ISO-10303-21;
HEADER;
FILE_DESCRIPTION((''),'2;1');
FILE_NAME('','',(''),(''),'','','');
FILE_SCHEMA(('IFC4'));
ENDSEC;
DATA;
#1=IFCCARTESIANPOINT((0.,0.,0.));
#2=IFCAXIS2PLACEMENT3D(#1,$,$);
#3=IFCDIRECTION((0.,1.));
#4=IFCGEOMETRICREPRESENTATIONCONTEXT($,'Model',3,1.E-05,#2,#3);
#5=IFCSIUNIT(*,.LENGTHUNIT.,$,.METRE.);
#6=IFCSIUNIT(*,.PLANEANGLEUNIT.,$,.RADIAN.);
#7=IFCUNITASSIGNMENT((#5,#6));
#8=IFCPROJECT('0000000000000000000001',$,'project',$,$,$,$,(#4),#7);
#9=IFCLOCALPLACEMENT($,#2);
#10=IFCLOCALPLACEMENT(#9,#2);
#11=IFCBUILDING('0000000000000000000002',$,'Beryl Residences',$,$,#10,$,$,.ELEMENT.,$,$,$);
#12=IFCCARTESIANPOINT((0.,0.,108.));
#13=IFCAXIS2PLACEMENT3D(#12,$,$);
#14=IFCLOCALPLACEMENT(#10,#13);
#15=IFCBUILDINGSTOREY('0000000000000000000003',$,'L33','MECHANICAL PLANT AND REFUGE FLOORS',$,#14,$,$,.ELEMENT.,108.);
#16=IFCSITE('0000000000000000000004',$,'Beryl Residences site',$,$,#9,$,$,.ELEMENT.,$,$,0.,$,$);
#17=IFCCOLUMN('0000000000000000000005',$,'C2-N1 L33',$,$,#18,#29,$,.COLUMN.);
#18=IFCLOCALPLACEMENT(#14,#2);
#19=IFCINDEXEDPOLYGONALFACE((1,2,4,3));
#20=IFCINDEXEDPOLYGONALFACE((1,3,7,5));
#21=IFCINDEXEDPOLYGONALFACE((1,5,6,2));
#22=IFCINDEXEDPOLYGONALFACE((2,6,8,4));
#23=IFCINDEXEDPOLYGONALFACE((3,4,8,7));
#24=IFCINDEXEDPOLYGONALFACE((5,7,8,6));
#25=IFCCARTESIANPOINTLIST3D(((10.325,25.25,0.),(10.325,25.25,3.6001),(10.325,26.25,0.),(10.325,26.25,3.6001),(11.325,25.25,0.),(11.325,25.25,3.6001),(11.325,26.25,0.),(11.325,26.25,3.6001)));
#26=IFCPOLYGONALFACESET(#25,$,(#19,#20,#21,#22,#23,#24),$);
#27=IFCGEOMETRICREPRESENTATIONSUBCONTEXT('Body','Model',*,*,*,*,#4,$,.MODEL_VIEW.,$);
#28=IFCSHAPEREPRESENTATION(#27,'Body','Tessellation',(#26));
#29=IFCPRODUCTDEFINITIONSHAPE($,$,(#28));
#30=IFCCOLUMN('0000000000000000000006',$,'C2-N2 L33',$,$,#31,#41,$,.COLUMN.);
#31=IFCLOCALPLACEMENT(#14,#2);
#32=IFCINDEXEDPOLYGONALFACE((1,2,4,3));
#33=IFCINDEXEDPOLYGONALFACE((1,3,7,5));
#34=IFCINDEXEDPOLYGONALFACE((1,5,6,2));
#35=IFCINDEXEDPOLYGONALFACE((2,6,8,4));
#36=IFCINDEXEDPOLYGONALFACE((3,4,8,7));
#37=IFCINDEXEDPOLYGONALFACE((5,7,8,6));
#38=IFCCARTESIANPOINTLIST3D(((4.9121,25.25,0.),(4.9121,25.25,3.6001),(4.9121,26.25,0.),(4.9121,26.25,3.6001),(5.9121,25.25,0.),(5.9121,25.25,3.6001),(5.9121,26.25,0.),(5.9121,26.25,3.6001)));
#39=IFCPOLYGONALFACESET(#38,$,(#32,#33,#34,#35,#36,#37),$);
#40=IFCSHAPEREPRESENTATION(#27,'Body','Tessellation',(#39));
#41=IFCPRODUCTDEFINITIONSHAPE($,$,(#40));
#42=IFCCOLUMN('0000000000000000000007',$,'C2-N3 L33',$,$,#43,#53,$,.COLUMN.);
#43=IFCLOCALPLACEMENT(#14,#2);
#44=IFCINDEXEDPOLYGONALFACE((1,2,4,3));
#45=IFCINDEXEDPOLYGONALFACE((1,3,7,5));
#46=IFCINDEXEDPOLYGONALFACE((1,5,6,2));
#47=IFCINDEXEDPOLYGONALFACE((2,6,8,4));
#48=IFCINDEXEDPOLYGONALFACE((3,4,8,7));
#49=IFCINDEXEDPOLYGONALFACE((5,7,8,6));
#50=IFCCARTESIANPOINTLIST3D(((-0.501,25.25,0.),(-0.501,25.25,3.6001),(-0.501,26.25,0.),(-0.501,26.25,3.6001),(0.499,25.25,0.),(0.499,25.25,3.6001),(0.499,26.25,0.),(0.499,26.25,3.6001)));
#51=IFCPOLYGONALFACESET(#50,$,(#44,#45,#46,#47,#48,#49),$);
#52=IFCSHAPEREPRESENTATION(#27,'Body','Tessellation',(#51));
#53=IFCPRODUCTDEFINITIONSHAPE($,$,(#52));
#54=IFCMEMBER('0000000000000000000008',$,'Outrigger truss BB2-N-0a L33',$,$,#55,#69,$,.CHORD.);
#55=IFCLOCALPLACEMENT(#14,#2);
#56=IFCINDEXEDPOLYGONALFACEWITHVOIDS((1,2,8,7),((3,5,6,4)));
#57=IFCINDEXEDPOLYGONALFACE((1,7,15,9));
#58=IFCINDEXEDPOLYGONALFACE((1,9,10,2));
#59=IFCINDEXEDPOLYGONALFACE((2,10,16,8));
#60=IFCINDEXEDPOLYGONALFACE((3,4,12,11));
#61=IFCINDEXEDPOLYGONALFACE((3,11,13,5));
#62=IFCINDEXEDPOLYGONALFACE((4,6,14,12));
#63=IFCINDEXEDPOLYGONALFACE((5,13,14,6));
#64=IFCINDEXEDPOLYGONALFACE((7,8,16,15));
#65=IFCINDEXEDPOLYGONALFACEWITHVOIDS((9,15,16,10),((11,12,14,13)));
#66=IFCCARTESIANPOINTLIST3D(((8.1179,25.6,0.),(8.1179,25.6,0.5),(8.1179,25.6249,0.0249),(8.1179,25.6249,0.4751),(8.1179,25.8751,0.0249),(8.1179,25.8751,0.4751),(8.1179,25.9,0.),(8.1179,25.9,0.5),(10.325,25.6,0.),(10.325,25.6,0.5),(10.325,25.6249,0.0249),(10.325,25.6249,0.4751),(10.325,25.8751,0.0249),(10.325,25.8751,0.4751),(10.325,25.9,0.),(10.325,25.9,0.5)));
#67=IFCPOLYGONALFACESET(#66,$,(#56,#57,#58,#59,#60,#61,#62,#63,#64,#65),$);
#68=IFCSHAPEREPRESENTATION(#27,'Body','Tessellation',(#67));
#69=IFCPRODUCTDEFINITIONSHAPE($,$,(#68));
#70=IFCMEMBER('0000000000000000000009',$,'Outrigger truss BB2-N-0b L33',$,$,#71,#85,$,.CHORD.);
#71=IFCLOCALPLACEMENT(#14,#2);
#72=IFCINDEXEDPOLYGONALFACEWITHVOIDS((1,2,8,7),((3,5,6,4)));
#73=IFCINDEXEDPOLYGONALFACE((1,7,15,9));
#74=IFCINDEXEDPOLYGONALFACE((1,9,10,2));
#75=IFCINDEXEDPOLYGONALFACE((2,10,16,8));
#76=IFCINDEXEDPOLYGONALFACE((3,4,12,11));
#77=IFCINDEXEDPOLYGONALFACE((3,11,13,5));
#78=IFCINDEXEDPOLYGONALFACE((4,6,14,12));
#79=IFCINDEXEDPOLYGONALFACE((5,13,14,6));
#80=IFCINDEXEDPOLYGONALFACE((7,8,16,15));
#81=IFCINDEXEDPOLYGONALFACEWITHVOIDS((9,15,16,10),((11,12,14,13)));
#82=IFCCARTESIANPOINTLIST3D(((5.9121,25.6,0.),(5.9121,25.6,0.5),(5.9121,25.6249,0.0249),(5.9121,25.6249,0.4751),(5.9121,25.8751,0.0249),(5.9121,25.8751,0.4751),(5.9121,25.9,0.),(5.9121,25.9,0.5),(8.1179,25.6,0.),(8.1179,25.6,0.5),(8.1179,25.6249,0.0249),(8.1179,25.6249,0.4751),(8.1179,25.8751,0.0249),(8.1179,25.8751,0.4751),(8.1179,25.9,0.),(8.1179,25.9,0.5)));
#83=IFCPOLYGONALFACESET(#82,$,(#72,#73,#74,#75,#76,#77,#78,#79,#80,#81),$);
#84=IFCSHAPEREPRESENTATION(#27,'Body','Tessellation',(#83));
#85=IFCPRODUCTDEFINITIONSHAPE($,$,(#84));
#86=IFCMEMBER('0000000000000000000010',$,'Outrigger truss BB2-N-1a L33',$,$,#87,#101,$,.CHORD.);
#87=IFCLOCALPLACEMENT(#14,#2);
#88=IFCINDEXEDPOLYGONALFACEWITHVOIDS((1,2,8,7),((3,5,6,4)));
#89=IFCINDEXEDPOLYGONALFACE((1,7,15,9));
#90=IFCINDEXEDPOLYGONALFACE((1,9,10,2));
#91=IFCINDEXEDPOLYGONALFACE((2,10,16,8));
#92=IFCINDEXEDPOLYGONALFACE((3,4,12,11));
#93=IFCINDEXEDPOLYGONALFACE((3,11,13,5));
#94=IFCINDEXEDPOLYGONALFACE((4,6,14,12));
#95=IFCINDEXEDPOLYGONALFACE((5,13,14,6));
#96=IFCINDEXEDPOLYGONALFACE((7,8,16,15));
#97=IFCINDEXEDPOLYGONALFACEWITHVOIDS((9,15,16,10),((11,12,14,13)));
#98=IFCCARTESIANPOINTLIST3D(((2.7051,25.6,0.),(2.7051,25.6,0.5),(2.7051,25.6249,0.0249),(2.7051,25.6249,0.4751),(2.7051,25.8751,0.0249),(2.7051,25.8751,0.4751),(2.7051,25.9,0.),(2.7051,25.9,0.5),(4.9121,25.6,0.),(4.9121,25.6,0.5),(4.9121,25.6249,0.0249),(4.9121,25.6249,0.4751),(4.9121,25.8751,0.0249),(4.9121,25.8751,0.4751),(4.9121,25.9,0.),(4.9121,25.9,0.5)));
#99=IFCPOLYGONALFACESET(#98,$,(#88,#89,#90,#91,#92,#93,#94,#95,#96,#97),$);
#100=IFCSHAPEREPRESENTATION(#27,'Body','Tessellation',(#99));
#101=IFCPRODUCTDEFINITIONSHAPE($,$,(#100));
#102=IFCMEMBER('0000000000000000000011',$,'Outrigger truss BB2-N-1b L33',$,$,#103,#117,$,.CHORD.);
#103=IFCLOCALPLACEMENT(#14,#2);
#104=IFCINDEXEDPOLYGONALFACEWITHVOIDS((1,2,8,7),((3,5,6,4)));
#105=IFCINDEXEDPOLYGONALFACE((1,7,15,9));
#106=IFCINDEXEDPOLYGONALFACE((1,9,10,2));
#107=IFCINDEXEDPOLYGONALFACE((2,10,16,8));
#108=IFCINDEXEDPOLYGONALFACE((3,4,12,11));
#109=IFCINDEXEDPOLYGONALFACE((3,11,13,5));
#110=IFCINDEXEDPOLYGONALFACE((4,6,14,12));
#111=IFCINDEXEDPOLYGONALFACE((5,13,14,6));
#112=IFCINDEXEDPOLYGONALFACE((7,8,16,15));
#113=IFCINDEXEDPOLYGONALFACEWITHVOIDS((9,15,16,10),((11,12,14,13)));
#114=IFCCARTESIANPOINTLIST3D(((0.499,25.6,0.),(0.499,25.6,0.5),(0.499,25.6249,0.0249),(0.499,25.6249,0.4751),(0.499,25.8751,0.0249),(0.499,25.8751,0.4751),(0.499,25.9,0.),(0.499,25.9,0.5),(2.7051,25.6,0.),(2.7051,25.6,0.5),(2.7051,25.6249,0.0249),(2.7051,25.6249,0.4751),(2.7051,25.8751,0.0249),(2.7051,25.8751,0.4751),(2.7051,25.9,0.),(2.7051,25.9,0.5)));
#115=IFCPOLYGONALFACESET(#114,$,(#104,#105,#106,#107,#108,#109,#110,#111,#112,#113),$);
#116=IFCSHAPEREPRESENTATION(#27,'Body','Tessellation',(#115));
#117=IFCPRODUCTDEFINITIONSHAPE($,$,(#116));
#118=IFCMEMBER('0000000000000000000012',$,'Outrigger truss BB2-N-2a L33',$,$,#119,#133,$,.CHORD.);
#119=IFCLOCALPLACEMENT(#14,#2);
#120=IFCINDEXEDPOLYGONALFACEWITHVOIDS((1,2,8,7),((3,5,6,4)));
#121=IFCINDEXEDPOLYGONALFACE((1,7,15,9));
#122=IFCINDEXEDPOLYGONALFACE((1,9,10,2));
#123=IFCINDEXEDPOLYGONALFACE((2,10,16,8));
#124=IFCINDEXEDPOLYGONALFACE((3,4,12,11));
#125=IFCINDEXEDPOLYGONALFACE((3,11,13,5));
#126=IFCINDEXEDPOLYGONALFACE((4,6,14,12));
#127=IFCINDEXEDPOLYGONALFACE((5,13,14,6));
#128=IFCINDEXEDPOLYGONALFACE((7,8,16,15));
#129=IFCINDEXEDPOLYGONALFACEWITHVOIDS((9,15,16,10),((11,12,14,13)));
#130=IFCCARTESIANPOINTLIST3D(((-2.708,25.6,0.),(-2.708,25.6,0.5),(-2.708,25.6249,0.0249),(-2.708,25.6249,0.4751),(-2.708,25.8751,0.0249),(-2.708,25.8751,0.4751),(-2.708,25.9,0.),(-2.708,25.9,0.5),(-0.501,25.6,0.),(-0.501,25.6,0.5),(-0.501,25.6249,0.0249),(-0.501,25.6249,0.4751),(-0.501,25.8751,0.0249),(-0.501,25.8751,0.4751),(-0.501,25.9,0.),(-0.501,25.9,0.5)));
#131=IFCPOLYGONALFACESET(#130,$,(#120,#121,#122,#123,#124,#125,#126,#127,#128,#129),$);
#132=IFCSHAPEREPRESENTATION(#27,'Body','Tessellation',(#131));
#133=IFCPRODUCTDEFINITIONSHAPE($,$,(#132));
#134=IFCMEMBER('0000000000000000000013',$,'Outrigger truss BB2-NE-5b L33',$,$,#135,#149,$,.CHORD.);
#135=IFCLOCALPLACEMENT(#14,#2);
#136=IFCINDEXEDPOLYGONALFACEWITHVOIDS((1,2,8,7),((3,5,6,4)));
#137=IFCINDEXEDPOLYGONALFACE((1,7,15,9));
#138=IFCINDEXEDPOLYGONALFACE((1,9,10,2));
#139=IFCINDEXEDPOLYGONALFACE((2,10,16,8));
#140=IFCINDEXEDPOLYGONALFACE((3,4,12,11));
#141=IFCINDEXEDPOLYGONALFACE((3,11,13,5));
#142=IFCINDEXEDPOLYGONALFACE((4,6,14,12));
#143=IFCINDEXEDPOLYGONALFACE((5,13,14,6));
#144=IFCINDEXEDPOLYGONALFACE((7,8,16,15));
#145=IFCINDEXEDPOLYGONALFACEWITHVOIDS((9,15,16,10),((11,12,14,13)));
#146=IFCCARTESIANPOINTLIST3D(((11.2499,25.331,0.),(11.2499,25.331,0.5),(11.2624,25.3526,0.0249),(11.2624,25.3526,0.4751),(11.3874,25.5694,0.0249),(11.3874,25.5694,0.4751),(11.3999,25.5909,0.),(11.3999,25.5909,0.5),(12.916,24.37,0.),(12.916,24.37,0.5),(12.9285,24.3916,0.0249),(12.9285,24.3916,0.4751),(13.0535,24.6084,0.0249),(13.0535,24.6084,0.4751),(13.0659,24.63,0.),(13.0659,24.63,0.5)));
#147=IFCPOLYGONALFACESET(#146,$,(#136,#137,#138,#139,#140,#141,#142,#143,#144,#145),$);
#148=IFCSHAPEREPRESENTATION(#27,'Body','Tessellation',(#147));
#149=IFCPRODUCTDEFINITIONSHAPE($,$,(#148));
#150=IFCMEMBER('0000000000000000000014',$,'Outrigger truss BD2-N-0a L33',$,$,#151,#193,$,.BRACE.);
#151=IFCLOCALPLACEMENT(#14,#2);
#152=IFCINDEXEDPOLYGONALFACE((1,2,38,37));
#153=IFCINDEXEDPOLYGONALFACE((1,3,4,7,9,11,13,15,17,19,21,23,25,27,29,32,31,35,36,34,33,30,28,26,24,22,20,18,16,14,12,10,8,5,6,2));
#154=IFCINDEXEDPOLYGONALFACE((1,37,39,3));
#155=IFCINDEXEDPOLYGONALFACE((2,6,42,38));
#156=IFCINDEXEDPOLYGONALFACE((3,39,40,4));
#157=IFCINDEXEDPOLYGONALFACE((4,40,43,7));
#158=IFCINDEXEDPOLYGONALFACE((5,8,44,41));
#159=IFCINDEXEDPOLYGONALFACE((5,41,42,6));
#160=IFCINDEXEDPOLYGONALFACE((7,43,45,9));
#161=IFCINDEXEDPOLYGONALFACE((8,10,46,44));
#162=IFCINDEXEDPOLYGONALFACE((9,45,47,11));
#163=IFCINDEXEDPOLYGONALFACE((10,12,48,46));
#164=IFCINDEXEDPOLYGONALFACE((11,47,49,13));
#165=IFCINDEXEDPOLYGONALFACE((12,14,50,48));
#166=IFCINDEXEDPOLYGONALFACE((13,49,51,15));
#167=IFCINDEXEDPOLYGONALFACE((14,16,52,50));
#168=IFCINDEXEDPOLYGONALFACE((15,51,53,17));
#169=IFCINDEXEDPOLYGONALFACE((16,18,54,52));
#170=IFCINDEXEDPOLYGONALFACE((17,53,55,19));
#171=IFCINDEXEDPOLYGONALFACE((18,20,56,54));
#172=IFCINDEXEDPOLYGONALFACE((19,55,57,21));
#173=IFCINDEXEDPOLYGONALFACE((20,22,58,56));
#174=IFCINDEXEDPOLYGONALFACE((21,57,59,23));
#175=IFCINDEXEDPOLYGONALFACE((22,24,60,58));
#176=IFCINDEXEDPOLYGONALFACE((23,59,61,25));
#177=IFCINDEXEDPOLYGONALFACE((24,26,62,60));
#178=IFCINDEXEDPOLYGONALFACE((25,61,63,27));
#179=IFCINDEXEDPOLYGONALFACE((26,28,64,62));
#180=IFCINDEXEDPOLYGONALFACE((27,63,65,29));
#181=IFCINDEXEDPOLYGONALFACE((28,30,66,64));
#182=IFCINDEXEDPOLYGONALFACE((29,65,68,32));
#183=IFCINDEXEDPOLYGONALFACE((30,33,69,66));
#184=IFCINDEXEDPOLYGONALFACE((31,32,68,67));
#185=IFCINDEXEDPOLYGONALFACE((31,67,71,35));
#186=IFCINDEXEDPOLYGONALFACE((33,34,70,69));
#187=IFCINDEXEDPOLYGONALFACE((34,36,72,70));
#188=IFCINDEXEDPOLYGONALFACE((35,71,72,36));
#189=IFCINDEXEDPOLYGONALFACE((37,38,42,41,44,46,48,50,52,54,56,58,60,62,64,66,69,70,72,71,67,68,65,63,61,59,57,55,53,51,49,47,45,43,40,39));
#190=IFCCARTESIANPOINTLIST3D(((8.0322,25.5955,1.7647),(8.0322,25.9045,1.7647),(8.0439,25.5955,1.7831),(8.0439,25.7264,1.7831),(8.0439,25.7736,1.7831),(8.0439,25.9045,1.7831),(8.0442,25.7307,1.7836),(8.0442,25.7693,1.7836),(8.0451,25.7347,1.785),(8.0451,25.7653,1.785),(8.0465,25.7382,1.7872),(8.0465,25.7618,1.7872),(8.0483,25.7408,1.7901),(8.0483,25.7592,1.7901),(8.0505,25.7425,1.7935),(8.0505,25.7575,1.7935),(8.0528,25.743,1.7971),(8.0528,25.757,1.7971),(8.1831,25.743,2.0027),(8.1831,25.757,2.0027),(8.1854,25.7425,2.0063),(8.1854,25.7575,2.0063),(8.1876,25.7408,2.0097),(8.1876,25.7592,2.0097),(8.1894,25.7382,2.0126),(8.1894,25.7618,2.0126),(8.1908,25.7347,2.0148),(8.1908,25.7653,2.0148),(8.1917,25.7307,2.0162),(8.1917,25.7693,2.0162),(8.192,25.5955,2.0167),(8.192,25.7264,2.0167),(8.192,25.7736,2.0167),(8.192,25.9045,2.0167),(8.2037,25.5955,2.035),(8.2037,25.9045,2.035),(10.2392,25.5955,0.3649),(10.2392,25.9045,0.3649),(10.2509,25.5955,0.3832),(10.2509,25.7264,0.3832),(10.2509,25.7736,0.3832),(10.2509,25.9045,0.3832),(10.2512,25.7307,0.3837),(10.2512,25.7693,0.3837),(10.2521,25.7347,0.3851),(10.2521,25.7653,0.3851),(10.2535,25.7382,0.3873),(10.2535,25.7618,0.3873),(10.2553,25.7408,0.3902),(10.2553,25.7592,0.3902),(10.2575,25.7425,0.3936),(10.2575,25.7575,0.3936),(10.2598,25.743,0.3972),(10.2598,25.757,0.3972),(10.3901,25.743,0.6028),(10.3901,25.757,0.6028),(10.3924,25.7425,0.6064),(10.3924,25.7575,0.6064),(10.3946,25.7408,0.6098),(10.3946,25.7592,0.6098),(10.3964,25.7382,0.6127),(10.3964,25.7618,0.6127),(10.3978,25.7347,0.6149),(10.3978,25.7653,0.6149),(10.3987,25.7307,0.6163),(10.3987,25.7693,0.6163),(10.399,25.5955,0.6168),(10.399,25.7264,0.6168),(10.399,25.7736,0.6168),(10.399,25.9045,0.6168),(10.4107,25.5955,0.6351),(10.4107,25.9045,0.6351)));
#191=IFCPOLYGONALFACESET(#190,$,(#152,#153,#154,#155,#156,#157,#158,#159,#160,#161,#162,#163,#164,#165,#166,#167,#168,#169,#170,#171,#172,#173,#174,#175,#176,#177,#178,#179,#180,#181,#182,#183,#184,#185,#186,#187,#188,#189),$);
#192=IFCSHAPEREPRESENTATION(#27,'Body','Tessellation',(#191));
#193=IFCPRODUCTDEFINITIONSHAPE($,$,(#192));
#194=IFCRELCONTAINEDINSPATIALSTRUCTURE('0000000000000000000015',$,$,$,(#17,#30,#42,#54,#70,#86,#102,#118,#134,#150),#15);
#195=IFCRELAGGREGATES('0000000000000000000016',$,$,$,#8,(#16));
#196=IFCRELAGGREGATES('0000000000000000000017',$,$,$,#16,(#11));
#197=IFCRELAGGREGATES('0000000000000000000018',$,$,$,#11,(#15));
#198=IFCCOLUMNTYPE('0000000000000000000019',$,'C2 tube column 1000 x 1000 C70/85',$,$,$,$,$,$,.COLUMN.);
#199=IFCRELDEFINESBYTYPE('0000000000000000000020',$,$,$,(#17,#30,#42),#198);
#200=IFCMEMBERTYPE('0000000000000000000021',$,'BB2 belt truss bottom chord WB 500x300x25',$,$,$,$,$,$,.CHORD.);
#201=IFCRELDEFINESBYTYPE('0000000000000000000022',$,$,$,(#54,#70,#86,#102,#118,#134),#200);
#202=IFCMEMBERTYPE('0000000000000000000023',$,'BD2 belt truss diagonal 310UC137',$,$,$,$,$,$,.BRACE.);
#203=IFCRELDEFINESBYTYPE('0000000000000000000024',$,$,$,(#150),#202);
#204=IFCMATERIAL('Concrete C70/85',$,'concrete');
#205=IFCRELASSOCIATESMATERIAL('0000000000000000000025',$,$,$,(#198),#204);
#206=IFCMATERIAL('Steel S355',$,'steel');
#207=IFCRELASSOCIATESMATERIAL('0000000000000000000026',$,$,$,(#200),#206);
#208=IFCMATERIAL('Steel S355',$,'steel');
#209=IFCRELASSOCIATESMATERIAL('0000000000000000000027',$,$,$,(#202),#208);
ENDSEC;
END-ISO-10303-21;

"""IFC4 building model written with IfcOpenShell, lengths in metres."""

from ifc_helpers import new_model, si_unit, direction, frame, origin, origin_2d, place, context, subcontext, project, spatial, rectangle, hollow_rectangle, i_section, extrude, material, material_profile, profile_set, type_object, element, save


model = new_model("IFC4")

# Units and contexts
model_context = context("Model", 3, precision=1e-05, world=origin(), true_north=direction((0.0, 1.0)))
body_context = subcontext(model_context, "Body", "Model", "MODEL_VIEW")
ifc_project = project(units=[si_unit("LENGTHUNIT", "METRE"), si_unit("PLANEANGLEUNIT", "RADIAN")], contexts=[model_context])

# Site, building, storey
site_placement = place(None, origin())
site = spatial("IfcSite", under=ifc_project, at=site_placement, Name="Beryl Residences site", CompositionType="ELEMENT", RefElevation=0.0)
building_placement = place(site_placement, origin())
building = spatial("IfcBuilding", under=site, at=building_placement, Name="Beryl Residences", CompositionType="ELEMENT")
storey_placement = place(building_placement, frame((0.0, 0.0, 108.0)))
storey = spatial("IfcBuildingStorey", under=building, at=storey_placement, Name="L33", Description="MECHANICAL PLANT AND REFUGE FLOORS", CompositionType="ELEMENT", Elevation=108.0)

# Columns
ifc_material_1 = material(Name="Concrete C70/85", Category="concrete")
ifc_material_profile_1 = material_profile(ifc_material_1, rectangle(XDim=1.0, YDim=1.0, at=origin_2d()))
ifc_profile_set_1 = profile_set([ifc_material_profile_1], Name="Concrete C70/85")
column_type = type_object("IfcColumnType", Name="C2 tube column 1000 x 1000 C70/85", PredefinedType="COLUMN", material=ifc_profile_set_1)
for number, where, z_axis, x_axis, name in (
    (1, (10.825, 25.75, 0.0), (0.0, 0.0, 1.0), (-1.0, 0.0, 0.0), "C2-N1 L33"),
    (2, (5.4121, 25.75, 0.0), (0.0, 0.0, 1.0), (-1.0, 0.0, 0.0), "C2-N2 L33"),
    (3, (-0.001, 25.75, 0.0), (0.0, 0.0, 1.0), (-1.0, 0.0, 0.0), "C2-N3 L33"),
):
    element("IfcColumn", number, at=place(storey_placement, frame(where, z_axis=z_axis, x_axis=x_axis)), inside=storey, type_object=column_type, Name=name, PredefinedType="COLUMN", context=body_context, shape_type="SweptSolid", body=[
        extrude(rectangle(XDim=1.0, YDim=1.0, at=origin_2d()), origin(), (0.0, 0.0, 1.0), 3.6001),
    ])

# Members
ifc_material_2 = material(Name="Steel S355", Category="steel")
ifc_material_profile_2 = material_profile(ifc_material_2, hollow_rectangle(XDim=0.3, YDim=0.5, WallThickness=0.0249, at=origin_2d()))
ifc_profile_set_2 = profile_set([ifc_material_profile_2], Name="Steel S355")
member_type_1 = type_object("IfcMemberType", Name="BB2 belt truss bottom chord WB 500x300x25", PredefinedType="CHORD", material=ifc_profile_set_2)
member_1_placement = place(storey_placement, frame((10.325, 25.75, 0.25), z_axis=(-1.0, 0.0, 0.0), x_axis=(0.0, -1.0, 0.0)))
element("IfcMember", 4, at=member_1_placement, inside=storey, type_object=member_type_1, Name="Outrigger truss BB2-N-0a L33", PredefinedType="CHORD", context=body_context, shape_type="SweptSolid", body=[
    extrude(hollow_rectangle(XDim=0.3, YDim=0.5, WallThickness=0.0249, at=origin_2d()), origin(), (0.0, 0.0, 1.0), 2.207),
])
member_2_placement = place(storey_placement, frame((8.1179, 25.75, 0.25), z_axis=(-1.0, 0.0, 0.0), x_axis=(0.0, -1.0, 0.0)))
element("IfcMember", 5, at=member_2_placement, inside=storey, type_object=member_type_1, Name="Outrigger truss BB2-N-0b L33", PredefinedType="CHORD", context=body_context, shape_type="SweptSolid", body=[
    extrude(hollow_rectangle(XDim=0.3, YDim=0.5, WallThickness=0.0249, at=origin_2d()), origin(), (0.0, 0.0, 1.0), 2.2058),
])
member_3_placement = place(storey_placement, frame((4.9121, 25.75, 0.25), z_axis=(-1.0, 0.0, 0.0), x_axis=(0.0, -1.0, 0.0)))
element("IfcMember", 6, at=member_3_placement, inside=storey, type_object=member_type_1, Name="Outrigger truss BB2-N-1a L33", PredefinedType="CHORD", context=body_context, shape_type="SweptSolid", body=[
    extrude(hollow_rectangle(XDim=0.3, YDim=0.5, WallThickness=0.0249, at=origin_2d()), origin(), (0.0, 0.0, 1.0), 2.207),
])
member_4_placement = place(storey_placement, frame((2.7051, 25.75, 0.25), z_axis=(-1.0, 0.0, 0.0), x_axis=(0.0, -1.0, 0.0)))
element("IfcMember", 7, at=member_4_placement, inside=storey, type_object=member_type_1, Name="Outrigger truss BB2-N-1b L33", PredefinedType="CHORD", context=body_context, shape_type="SweptSolid", body=[
    extrude(hollow_rectangle(XDim=0.3, YDim=0.5, WallThickness=0.0249, at=origin_2d()), origin(), (0.0, 0.0, 1.0), 2.2061),
])
member_5_placement = place(storey_placement, frame((-0.501, 25.75, 0.25), z_axis=(-1.0, 0.0, 0.0), x_axis=(0.0, -1.0, 0.0)))
element("IfcMember", 8, at=member_5_placement, inside=storey, type_object=member_type_1, Name="Outrigger truss BB2-N-2a L33", PredefinedType="CHORD", context=body_context, shape_type="SweptSolid", body=[
    extrude(hollow_rectangle(XDim=0.3, YDim=0.5, WallThickness=0.0249, at=origin_2d()), origin(), (0.0, 0.0, 1.0), 2.207),
])
member_6_placement = place(storey_placement, frame((12.991, 24.5, 0.25), z_axis=(-0.866236, 0.499635, 0.0), x_axis=(-0.499635, -0.866236, 0.0)))
element("IfcMember", 9, at=member_6_placement, inside=storey, type_object=member_type_1, Name="Outrigger truss BB2-NE-5b L33", PredefinedType="CHORD", context=body_context, shape_type="SweptSolid", body=[
    extrude(hollow_rectangle(XDim=0.3, YDim=0.5, WallThickness=0.0249, at=origin_2d()), origin(), (0.0, 0.0, 1.0), 1.9233),
])
ifc_material_3 = material(Name="Steel S355", Category="steel")
ifc_material_profile_3 = material_profile(ifc_material_3, i_section(OverallWidth=0.3091, OverallDepth=0.3201, WebThickness=0.0139, FlangeThickness=0.0217, FilletRadius=0.0166, at=origin_2d()))
ifc_profile_set_3 = profile_set([ifc_material_profile_3], Name="Steel S355")
member_type_2 = type_object("IfcMemberType", Name="BD2 belt truss diagonal 310UC137", PredefinedType="BRACE", material=ifc_profile_set_3)
member_7_placement = place(storey_placement, frame((10.325, 25.75, 0.5), z_axis=(-0.844453, 0.0, 0.53563), x_axis=(0.0, -1.0, 0.0)))
element("IfcMember", 10, at=member_7_placement, inside=storey, type_object=member_type_2, Name="Outrigger truss BD2-N-0a L33", PredefinedType="BRACE", context=body_context, shape_type="SweptSolid", body=[
    extrude(i_section(OverallWidth=0.3091, OverallDepth=0.3201, WebThickness=0.0139, FlangeThickness=0.0217, FilletRadius=0.0166, at=origin_2d()), origin(), (0.0, 0.0, 1.0), 2.6135),
])

save(model, "model.ifc")
